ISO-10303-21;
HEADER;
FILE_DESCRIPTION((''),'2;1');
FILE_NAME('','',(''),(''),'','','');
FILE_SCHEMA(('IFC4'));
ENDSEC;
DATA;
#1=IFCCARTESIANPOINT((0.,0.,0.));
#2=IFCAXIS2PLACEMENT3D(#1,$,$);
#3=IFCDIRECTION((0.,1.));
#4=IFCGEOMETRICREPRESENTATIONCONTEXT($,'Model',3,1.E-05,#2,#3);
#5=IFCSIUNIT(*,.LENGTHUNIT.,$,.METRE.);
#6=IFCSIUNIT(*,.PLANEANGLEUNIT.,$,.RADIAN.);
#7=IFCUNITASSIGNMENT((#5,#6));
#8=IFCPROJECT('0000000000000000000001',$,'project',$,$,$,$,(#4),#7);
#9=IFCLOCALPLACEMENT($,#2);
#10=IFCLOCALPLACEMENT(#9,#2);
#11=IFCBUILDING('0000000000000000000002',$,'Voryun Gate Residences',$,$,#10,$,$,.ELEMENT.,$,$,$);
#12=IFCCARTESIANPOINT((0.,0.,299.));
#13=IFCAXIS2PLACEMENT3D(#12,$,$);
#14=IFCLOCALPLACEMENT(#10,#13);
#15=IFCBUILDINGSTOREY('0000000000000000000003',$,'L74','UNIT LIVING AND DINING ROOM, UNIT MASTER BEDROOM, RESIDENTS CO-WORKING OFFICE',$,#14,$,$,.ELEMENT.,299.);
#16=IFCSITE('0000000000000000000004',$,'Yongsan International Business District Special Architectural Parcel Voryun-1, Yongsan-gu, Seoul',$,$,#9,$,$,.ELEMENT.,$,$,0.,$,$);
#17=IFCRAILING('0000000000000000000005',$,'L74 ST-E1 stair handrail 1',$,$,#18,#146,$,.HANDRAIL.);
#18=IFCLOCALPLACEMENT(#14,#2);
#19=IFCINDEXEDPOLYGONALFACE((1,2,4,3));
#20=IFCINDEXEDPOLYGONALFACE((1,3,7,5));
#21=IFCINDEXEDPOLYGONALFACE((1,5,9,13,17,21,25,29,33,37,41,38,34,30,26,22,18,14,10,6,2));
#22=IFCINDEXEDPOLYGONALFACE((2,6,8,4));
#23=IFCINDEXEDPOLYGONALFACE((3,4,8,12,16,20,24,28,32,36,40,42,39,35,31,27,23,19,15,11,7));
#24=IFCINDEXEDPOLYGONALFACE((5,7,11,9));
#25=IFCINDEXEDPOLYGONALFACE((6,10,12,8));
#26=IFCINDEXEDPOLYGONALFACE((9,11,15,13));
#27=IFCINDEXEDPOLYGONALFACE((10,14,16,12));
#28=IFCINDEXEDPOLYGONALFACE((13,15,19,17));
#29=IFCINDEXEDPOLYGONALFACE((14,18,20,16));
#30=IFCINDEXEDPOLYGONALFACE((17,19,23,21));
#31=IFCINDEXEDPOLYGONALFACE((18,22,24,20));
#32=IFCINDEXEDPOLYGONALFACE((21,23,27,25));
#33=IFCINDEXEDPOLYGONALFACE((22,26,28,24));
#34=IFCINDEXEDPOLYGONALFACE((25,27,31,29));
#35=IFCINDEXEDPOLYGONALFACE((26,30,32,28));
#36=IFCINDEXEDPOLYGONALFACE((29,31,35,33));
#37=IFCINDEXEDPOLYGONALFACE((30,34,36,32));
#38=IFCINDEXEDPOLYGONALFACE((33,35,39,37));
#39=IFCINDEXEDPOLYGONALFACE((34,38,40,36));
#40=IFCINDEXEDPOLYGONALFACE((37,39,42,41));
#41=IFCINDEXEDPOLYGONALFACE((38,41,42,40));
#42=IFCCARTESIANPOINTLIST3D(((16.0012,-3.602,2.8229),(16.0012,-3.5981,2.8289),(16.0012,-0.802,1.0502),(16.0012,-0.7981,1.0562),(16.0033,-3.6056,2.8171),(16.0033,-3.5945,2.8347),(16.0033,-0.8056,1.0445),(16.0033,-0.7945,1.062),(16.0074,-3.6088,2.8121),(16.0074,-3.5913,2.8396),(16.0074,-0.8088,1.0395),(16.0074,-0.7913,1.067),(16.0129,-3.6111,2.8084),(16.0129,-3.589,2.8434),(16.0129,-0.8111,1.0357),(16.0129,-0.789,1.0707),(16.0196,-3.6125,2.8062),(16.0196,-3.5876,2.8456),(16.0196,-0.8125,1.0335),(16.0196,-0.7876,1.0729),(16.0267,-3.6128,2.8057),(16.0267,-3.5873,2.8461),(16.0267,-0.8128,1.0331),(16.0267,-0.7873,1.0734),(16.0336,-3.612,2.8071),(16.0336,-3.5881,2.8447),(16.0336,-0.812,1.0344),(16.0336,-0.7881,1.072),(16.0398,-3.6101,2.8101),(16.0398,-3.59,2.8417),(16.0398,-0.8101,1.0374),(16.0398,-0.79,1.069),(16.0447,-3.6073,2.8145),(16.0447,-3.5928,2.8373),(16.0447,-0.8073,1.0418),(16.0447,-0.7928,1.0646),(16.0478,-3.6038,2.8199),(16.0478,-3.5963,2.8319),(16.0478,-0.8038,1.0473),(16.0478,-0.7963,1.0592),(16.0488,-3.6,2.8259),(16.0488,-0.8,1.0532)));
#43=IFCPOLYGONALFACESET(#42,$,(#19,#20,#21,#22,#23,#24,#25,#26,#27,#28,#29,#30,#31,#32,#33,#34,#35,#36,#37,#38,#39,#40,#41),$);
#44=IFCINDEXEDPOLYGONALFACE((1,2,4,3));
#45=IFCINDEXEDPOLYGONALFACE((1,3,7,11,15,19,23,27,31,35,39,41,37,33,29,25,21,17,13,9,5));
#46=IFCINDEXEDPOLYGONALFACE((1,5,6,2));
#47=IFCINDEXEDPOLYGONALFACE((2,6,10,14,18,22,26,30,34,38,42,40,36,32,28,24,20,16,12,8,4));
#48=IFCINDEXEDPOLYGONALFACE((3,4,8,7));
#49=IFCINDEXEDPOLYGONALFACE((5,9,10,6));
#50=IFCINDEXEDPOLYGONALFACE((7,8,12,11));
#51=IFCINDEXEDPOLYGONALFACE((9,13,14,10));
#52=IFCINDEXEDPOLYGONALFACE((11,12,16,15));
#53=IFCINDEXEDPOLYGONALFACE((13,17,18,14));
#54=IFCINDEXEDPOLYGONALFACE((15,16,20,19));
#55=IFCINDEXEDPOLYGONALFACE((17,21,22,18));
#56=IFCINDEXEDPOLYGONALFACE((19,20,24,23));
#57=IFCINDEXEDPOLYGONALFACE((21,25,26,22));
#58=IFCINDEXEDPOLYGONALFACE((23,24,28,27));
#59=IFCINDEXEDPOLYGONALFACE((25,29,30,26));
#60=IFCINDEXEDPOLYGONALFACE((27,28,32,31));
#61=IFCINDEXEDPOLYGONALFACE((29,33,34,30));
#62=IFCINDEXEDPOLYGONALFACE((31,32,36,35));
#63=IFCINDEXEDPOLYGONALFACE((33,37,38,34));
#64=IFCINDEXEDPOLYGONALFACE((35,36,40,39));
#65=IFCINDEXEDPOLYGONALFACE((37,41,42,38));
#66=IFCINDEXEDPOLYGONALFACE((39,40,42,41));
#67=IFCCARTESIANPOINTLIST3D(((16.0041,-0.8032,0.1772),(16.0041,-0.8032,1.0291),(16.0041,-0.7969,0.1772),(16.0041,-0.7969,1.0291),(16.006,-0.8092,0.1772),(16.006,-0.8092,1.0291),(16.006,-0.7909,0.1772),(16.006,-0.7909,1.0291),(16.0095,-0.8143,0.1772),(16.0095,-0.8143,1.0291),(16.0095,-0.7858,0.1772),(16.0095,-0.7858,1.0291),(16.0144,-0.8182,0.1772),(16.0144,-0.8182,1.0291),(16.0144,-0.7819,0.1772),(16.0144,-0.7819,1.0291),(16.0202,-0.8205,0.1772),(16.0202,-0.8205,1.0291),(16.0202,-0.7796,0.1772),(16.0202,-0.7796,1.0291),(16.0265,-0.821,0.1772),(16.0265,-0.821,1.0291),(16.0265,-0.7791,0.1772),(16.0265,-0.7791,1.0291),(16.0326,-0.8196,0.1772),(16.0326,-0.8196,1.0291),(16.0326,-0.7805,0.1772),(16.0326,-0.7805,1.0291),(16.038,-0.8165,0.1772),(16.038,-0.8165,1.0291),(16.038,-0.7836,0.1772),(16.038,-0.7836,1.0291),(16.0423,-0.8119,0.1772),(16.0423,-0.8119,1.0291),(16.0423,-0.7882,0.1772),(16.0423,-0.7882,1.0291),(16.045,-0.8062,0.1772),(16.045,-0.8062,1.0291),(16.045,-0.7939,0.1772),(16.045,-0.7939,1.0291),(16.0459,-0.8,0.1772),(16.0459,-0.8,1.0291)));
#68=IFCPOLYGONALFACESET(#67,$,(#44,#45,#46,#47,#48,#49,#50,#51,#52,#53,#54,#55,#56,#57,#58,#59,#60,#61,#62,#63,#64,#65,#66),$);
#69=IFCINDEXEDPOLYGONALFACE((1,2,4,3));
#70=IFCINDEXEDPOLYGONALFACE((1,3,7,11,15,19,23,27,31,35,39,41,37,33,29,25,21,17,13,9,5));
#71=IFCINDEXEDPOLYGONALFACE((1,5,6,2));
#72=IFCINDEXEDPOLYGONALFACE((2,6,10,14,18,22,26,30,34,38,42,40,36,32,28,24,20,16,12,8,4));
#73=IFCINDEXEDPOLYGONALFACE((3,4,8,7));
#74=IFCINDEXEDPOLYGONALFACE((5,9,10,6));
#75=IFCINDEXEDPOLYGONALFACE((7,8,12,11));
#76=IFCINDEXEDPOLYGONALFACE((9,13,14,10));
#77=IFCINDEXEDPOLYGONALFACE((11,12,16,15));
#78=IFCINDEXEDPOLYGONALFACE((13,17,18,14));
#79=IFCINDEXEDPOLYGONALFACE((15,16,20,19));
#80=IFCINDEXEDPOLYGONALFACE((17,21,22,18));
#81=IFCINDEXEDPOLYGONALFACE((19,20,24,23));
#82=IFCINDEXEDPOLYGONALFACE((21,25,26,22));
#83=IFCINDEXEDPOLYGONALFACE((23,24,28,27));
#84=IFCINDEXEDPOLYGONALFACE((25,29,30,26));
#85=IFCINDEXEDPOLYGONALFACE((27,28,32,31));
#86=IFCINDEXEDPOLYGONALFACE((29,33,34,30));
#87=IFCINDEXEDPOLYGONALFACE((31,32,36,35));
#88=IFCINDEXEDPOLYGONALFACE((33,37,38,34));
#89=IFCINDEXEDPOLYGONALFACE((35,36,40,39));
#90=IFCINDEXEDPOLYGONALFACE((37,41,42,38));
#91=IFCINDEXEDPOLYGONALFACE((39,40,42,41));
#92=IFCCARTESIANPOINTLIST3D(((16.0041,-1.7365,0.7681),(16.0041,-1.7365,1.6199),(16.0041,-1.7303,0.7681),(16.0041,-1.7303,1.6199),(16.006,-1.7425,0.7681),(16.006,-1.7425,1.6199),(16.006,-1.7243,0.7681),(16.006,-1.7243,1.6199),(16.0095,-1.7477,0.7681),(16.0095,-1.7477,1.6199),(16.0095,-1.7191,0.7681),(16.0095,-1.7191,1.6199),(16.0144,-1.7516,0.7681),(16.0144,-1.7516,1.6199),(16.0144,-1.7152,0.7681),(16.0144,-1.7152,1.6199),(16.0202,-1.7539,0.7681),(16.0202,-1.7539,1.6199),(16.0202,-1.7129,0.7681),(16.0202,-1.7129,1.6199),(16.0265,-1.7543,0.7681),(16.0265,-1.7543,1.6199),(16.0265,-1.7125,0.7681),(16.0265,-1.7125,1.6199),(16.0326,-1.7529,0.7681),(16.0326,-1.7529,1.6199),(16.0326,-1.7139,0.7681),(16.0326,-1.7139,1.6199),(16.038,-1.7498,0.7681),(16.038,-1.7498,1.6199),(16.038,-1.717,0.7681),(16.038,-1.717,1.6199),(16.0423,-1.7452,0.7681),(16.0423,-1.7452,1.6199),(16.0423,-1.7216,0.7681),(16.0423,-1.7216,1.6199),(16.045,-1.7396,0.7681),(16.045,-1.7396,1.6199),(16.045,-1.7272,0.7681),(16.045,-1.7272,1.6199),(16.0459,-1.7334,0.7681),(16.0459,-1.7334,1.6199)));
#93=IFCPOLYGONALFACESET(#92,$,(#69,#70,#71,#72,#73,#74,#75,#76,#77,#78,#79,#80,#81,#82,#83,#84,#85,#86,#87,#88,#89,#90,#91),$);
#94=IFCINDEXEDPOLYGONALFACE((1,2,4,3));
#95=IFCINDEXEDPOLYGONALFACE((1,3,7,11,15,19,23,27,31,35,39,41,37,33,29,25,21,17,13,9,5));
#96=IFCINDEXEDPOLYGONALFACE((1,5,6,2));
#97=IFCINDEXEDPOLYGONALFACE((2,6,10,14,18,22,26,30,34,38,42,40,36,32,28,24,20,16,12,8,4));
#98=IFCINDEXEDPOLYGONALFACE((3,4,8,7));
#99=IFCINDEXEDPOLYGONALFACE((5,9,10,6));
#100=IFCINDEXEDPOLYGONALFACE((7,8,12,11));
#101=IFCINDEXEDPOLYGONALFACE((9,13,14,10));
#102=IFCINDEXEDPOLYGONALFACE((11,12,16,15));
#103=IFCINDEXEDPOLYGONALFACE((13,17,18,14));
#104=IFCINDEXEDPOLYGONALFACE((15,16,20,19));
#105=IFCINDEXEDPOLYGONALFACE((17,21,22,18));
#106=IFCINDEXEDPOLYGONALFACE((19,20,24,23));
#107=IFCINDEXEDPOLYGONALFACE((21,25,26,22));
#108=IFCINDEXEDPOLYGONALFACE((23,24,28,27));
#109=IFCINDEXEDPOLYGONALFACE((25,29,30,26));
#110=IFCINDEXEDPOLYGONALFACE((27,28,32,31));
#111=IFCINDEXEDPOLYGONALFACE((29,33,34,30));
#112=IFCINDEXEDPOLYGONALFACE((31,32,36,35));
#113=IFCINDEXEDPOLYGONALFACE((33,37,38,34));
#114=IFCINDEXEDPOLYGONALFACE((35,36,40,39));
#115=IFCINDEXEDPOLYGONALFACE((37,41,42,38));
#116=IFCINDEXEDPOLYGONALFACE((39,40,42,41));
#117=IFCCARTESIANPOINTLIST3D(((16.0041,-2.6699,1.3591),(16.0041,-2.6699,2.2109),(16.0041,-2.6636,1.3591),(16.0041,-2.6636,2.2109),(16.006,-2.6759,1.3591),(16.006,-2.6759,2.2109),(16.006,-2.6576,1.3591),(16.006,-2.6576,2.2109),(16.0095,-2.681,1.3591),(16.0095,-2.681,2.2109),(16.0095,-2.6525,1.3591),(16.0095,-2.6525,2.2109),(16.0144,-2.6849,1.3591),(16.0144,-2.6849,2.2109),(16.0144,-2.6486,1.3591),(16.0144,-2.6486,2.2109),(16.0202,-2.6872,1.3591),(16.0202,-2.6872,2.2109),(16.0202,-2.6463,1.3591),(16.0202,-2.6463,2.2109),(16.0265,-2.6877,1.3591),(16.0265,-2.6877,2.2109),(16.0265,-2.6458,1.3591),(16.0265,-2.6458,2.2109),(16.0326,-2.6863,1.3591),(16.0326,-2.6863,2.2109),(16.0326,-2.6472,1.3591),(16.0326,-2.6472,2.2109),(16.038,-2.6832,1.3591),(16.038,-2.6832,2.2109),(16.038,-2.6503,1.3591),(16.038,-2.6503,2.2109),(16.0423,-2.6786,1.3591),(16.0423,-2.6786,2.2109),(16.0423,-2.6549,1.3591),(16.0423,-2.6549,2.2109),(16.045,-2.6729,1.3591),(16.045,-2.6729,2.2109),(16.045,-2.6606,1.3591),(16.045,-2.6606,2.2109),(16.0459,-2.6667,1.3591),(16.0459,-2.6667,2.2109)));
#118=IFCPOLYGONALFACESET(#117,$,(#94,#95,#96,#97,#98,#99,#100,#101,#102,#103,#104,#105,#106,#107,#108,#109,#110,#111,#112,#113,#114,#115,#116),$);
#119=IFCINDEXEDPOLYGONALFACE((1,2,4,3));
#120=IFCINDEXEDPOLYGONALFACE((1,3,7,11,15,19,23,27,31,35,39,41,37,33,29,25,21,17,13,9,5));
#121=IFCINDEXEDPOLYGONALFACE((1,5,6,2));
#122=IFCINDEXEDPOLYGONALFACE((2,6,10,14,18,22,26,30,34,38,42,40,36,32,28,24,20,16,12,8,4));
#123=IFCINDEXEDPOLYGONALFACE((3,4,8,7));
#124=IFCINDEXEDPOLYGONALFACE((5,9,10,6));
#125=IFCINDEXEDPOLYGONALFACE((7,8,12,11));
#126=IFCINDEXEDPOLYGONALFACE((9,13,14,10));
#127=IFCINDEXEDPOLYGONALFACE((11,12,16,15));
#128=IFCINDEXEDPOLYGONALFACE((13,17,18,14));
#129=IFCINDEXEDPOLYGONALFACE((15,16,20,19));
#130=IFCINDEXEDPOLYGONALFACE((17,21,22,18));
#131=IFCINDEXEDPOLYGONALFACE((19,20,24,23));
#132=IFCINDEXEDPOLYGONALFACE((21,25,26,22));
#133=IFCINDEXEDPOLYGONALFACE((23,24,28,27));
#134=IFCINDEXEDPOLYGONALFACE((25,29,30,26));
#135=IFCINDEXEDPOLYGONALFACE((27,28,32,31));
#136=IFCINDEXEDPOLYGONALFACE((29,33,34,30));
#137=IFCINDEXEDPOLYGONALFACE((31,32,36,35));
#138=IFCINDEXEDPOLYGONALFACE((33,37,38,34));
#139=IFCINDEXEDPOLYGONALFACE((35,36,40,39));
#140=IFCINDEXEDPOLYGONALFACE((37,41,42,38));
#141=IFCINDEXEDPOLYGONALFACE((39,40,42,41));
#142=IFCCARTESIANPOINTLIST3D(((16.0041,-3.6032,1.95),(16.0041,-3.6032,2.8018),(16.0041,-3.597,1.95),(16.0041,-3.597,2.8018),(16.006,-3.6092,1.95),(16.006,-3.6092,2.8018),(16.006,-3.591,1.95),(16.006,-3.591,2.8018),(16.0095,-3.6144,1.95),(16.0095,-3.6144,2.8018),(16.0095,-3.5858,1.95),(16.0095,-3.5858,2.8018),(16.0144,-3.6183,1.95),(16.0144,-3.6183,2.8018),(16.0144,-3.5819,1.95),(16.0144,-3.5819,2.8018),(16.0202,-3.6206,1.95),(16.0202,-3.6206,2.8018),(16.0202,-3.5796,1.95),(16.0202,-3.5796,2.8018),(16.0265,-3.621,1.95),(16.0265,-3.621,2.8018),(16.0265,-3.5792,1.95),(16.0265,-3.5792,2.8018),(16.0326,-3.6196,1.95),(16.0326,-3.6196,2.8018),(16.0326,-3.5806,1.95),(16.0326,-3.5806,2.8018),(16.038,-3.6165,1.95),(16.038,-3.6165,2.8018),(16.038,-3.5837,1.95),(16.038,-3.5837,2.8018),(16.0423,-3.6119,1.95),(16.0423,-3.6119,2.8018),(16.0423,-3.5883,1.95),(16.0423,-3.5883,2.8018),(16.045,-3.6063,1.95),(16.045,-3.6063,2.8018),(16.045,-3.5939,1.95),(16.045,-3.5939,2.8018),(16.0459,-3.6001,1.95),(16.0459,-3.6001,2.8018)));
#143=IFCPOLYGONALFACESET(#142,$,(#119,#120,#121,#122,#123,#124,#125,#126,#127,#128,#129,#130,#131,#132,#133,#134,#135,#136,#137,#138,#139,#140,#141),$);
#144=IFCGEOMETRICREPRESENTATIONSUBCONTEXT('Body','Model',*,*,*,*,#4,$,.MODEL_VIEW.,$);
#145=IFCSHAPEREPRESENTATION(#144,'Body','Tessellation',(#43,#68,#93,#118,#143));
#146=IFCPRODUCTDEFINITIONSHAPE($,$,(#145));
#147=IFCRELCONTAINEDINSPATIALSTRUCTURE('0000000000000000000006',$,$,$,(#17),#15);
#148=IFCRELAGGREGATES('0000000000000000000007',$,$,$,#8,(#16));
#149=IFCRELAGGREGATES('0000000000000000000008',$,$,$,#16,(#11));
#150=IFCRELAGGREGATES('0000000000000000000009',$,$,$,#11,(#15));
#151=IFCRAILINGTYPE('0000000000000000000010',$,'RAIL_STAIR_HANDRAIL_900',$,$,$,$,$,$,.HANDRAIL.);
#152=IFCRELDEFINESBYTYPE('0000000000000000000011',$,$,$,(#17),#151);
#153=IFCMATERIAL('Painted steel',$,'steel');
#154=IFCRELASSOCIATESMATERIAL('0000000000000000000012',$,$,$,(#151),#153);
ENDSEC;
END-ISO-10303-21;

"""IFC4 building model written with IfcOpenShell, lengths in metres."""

from ifc_helpers import new_model, si_unit, direction, frame, origin, origin_2d, place, context, subcontext, project, spatial, circle, extrude, material, type_object, element, save


model = new_model("IFC4")

# Units and contexts
model_context = context("Model", 3, precision=1e-05, world=origin(), true_north=direction((0.0, 1.0)))
body_context = subcontext(model_context, "Body", "Model", "MODEL_VIEW")
ifc_project = project(units=[si_unit("LENGTHUNIT", "METRE"), si_unit("PLANEANGLEUNIT", "RADIAN")], contexts=[model_context])

# Site, building, storey
site_placement = place(None, origin())
site = spatial("IfcSite", under=ifc_project, at=site_placement, Name="Yongsan International Business District Special Architectural Parcel Voryun-1, Yongsan-gu, Seoul", CompositionType="ELEMENT", RefElevation=0.0)
building_placement = place(site_placement, origin())
building = spatial("IfcBuilding", under=site, at=building_placement, Name="Voryun Gate Residences", CompositionType="ELEMENT")
storey_placement = place(building_placement, frame((0.0, 0.0, 299.0)))
storey = spatial("IfcBuildingStorey", under=building, at=storey_placement, Name="L74", Description="UNIT LIVING AND DINING ROOM, UNIT MASTER BEDROOM, RESIDENTS CO-WORKING OFFICE", CompositionType="ELEMENT", Elevation=299.0)

# Railing
ifc_material_1 = material(Name="Painted steel", Category="steel")
railing_type_1 = type_object("IfcRailingType", Name="RAIL_STAIR_HANDRAIL_900", PredefinedType="HANDRAIL", material=ifc_material_1)
railing_1_placement = place(storey_placement, frame((16.0249, -0.8, 0.1772)))
element("IfcRailing", 1, at=railing_1_placement, inside=storey, type_object=railing_type_1, Name="L74 ST-E1 stair handrail 1", PredefinedType="HANDRAIL", context=body_context, shape_type="SweptSolid", body=[
    extrude(circle(Radius=0.0239, at=origin_2d()), frame((0.0, 0.0, 0.876), z_axis=(0.0, -0.844909, 0.53491), x_axis=(1.0, 0.0, 0.0)), (0.0, 0.0, 1.0), 3.314),
    extrude(circle(Radius=0.021, at=origin_2d()), origin(), (0.0, 0.0, 1.0), 0.8518),
    extrude(circle(Radius=0.021, at=origin_2d()), frame((0.0, -0.9333, 0.5908)), (0.0, 0.0, 1.0), 0.8518),
    extrude(circle(Radius=0.021, at=origin_2d()), frame((0.0, -1.8667, 1.1819)), (0.0, 0.0, 1.0), 0.8518),
    extrude(circle(Radius=0.021, at=origin_2d()), frame((0.0, -2.8, 1.7727)), (0.0, 0.0, 1.0), 0.8518),
])

save(model, "model.ifc")
